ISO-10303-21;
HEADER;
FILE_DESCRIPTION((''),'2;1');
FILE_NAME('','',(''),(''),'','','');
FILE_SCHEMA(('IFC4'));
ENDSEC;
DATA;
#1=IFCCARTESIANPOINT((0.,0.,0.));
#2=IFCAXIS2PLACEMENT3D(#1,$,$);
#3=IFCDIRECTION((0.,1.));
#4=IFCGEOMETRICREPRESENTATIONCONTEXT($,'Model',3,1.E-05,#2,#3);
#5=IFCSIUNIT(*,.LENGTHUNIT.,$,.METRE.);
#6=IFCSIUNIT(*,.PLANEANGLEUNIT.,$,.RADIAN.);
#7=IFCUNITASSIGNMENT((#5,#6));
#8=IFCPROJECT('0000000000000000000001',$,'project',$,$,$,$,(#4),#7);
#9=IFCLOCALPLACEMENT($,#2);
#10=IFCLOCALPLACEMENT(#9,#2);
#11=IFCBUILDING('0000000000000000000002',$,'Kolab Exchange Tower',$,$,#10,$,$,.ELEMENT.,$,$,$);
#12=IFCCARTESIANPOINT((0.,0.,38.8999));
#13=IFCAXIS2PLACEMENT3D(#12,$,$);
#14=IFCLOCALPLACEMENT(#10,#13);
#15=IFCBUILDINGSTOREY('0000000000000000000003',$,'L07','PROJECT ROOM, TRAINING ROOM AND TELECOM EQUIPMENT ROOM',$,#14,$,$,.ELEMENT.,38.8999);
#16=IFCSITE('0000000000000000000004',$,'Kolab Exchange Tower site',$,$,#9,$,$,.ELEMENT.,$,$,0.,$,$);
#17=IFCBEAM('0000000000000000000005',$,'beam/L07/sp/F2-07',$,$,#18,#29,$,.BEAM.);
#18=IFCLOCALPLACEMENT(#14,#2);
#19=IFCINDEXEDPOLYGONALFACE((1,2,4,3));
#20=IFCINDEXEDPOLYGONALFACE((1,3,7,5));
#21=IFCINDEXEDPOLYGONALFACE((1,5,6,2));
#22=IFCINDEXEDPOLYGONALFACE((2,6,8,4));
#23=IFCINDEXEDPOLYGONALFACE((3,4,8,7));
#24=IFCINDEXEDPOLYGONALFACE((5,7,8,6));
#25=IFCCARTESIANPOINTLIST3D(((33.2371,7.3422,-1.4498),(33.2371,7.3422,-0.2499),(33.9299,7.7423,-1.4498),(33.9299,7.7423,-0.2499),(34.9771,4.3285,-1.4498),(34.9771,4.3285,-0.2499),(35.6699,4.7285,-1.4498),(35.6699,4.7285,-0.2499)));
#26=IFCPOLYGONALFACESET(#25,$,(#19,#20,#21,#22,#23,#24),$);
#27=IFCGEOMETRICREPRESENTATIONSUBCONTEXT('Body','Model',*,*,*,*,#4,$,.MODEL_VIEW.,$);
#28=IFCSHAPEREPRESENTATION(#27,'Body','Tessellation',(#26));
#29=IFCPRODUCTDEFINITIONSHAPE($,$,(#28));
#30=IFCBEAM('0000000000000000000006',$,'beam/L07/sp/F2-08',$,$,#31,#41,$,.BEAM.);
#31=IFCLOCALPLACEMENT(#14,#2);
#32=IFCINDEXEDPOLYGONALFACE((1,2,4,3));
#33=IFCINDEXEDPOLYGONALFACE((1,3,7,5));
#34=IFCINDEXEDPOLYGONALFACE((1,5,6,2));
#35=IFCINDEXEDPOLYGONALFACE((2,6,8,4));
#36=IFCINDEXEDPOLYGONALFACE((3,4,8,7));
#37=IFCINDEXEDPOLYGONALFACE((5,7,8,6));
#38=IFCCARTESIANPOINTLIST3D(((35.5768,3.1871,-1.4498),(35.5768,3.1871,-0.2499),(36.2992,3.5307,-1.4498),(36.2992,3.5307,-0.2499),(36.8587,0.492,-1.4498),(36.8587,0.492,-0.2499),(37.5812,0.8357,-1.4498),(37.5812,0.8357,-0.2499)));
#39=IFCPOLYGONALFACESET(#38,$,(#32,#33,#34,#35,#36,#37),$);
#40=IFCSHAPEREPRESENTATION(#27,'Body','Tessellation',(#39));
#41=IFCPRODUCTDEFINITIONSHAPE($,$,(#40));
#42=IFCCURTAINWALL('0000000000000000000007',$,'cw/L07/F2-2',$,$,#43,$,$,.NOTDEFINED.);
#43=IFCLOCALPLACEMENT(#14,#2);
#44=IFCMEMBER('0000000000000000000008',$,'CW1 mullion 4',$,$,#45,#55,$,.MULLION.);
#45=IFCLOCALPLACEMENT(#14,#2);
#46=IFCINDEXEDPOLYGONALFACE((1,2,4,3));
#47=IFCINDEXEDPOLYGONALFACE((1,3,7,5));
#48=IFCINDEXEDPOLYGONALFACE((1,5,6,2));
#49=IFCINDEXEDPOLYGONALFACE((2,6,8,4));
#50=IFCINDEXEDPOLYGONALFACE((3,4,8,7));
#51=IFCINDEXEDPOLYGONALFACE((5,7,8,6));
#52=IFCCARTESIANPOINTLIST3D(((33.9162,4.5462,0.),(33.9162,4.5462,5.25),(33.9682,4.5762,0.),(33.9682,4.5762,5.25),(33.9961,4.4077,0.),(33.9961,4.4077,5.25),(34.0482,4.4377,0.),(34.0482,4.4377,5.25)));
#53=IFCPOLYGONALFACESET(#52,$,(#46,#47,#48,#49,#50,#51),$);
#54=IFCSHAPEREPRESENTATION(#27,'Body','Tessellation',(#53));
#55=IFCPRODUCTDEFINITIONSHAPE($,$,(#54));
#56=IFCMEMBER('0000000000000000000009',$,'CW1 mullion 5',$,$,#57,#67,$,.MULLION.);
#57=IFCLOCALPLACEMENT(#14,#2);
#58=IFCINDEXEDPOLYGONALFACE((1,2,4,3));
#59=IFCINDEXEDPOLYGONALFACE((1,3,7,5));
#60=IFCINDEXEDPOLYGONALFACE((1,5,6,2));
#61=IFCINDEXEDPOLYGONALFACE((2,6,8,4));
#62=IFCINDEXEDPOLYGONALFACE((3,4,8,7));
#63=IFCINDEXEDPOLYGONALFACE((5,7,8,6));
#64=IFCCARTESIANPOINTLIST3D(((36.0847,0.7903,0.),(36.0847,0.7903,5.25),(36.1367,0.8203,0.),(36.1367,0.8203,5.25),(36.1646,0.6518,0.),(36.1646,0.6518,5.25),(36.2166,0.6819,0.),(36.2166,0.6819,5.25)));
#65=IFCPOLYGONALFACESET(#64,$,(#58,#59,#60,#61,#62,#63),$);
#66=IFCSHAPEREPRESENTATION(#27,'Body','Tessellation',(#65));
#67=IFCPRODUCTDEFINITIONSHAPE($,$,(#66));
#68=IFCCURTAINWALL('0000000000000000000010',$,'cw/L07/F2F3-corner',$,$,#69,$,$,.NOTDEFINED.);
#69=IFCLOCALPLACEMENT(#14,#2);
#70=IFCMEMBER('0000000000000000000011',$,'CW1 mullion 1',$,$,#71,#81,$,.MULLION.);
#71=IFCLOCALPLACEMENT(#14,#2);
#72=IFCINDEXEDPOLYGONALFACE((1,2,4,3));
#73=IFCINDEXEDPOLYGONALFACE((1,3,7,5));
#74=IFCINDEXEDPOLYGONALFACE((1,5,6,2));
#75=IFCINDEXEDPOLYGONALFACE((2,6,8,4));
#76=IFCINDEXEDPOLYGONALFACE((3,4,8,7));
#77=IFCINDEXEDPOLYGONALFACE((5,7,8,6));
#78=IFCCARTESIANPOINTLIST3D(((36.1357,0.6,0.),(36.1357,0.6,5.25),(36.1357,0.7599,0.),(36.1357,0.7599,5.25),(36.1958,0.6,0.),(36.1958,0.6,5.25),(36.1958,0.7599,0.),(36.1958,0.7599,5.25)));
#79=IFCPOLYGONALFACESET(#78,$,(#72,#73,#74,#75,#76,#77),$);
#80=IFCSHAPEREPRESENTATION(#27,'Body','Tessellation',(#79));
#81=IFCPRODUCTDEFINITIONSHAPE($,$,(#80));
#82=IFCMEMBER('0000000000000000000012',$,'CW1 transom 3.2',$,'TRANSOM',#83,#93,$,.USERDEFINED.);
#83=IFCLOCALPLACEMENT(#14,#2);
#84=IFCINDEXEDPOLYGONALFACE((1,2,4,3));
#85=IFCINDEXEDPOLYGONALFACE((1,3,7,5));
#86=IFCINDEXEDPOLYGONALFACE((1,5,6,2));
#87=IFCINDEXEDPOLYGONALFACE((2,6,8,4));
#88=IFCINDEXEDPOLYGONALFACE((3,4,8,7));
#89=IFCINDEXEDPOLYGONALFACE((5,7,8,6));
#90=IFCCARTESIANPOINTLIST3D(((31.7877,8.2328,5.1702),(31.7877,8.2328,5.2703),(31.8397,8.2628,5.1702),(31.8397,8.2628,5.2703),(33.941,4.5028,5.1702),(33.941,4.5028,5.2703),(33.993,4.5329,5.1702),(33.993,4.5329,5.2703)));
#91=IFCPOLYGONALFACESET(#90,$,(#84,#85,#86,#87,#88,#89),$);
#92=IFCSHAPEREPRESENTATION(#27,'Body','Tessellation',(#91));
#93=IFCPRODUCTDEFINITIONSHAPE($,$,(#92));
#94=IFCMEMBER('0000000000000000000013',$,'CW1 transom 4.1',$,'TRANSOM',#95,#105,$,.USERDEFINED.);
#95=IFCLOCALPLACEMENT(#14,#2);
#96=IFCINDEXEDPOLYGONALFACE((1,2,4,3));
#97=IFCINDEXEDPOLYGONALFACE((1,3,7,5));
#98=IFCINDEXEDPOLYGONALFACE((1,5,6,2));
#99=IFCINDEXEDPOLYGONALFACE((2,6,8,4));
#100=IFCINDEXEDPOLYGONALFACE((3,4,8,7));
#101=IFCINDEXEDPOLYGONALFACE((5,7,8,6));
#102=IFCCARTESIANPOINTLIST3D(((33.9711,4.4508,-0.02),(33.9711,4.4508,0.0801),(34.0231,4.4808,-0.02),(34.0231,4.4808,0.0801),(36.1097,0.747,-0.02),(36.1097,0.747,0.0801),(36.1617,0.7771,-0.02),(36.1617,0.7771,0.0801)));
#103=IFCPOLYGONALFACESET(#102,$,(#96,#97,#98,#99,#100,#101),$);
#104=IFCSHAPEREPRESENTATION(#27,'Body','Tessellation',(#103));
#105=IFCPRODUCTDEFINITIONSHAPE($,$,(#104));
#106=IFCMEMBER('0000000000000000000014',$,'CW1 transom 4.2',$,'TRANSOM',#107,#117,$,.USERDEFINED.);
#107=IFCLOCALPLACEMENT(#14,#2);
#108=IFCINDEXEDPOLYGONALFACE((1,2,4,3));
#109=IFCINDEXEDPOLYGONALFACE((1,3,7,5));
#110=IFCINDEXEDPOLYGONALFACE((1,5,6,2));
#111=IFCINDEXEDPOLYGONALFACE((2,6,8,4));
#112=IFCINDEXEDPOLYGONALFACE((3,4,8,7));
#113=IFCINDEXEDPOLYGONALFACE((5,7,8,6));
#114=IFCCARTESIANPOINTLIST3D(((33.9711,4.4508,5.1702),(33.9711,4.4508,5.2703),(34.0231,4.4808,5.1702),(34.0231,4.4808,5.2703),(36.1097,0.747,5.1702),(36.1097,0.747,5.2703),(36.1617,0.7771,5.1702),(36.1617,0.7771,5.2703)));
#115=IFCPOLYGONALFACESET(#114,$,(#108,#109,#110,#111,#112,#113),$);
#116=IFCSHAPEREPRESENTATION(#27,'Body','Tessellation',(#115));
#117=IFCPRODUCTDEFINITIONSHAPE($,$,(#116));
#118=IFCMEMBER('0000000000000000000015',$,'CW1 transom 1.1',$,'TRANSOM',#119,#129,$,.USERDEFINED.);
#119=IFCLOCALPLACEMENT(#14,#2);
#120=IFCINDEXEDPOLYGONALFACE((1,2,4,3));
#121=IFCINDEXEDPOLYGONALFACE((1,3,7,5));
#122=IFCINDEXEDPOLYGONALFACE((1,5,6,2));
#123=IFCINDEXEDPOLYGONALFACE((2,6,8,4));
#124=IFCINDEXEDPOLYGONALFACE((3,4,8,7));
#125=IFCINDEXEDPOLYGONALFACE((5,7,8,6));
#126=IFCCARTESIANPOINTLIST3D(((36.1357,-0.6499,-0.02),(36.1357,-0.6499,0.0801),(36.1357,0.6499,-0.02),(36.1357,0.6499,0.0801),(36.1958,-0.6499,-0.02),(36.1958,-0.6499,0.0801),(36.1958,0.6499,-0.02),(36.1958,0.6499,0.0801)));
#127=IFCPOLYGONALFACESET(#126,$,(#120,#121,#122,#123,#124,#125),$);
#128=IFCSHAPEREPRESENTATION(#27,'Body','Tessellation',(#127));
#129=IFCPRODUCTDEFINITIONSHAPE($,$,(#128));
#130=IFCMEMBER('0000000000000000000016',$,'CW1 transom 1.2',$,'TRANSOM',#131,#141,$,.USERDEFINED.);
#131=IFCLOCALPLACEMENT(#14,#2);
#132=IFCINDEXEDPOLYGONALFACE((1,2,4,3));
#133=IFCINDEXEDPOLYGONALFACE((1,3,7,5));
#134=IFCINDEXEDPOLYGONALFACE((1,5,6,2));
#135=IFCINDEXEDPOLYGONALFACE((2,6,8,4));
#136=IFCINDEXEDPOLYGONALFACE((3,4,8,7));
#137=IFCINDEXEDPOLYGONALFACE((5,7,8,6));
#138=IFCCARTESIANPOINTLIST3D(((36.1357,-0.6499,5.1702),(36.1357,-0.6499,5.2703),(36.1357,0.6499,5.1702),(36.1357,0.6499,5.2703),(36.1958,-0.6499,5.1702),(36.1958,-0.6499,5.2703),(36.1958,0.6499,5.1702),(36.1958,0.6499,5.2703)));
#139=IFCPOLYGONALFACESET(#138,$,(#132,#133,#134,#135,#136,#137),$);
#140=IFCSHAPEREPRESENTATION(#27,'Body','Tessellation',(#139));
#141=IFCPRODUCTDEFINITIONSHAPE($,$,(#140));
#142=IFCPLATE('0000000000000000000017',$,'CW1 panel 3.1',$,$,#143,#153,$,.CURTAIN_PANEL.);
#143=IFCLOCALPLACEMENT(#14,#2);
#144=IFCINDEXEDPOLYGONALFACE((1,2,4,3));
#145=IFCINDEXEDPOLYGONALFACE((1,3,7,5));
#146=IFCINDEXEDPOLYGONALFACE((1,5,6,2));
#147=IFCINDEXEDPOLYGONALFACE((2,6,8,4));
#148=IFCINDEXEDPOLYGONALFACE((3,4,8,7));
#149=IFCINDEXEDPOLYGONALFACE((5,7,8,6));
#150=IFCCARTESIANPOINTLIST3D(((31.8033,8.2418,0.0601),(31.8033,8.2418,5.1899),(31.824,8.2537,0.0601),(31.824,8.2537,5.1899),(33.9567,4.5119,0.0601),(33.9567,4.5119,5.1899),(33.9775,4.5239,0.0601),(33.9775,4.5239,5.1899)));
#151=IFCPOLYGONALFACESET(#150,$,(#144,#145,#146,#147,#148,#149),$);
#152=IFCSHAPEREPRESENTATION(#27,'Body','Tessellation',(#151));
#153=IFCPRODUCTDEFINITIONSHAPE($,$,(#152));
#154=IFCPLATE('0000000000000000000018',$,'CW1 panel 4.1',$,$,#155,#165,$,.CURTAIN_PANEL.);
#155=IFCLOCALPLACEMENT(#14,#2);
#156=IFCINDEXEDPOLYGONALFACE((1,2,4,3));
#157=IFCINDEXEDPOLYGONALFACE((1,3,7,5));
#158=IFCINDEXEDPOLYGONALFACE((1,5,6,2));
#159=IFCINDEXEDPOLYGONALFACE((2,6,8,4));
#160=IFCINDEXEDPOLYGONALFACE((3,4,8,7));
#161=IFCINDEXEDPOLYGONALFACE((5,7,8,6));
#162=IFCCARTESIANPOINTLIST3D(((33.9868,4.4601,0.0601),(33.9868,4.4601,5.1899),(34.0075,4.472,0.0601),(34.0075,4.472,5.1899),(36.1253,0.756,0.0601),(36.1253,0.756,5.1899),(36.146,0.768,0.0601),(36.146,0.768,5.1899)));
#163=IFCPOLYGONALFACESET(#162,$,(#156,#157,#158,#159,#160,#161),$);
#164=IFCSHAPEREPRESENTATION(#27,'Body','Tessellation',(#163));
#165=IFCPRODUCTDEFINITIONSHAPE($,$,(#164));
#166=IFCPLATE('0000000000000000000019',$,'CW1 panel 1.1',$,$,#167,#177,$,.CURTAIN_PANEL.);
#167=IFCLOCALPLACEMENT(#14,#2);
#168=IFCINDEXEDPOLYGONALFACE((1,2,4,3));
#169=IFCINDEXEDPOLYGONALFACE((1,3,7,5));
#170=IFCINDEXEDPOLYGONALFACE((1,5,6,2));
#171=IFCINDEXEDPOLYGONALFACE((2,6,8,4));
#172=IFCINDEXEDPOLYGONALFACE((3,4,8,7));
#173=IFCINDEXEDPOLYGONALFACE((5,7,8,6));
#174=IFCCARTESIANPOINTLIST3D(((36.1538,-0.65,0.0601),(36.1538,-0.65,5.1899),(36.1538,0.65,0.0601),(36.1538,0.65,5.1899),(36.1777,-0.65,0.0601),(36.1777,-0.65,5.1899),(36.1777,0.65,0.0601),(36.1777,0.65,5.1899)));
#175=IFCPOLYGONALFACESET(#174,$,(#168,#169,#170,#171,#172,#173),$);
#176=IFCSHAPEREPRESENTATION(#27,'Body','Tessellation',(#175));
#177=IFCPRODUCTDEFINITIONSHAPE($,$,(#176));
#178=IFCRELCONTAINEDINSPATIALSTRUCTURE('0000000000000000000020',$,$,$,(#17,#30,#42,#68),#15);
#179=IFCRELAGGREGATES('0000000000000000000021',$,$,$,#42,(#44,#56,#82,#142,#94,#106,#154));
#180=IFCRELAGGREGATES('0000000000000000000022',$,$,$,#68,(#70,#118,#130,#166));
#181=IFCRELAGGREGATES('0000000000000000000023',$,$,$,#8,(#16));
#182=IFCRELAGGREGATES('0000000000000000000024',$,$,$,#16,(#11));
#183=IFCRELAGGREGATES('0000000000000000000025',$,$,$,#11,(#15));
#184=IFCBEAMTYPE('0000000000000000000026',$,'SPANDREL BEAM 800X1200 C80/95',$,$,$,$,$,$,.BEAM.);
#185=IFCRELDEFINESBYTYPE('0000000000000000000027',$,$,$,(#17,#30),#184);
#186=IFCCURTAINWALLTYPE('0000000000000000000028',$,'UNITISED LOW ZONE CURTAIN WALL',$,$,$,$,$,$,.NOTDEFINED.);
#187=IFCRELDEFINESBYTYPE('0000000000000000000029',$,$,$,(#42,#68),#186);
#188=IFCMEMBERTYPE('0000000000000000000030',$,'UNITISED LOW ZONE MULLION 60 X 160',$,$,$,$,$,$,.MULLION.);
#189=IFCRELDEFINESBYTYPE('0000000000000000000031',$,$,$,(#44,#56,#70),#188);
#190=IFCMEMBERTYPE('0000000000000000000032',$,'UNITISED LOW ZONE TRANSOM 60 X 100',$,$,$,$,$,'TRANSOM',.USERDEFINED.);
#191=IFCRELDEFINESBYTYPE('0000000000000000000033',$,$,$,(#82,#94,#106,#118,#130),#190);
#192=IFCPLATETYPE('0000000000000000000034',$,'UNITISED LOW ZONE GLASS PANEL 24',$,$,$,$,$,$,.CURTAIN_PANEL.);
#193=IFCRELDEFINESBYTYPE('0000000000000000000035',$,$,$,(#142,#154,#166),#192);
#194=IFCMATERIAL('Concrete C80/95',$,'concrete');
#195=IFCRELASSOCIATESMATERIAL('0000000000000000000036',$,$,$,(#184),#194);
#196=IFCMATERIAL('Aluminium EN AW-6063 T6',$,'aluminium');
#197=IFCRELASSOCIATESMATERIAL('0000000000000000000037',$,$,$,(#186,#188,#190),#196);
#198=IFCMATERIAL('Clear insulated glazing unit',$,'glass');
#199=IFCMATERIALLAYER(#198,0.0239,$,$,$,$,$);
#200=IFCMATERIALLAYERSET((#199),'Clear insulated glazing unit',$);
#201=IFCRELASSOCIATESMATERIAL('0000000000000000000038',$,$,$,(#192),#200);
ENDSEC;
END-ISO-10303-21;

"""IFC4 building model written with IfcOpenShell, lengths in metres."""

from ifc_helpers import new_model, si_unit, direction, frame, origin, origin_2d, place, context, subcontext, project, spatial, rectangle, extrude, material, layer, layer_set, material_profile, profile_set, type_object, element, aggregate, save


model = new_model("IFC4")

# Units and contexts
model_context = context("Model", 3, precision=1e-05, world=origin(), true_north=direction((0.0, 1.0)))
body_context = subcontext(model_context, "Body", "Model", "MODEL_VIEW")
ifc_project = project(units=[si_unit("LENGTHUNIT", "METRE"), si_unit("PLANEANGLEUNIT", "RADIAN")], contexts=[model_context])

# Site, building, storey
site_placement = place(None, origin())
site = spatial("IfcSite", under=ifc_project, at=site_placement, Name="Kolab Exchange Tower site", CompositionType="ELEMENT", RefElevation=0.0)
building_placement = place(site_placement, origin())
building = spatial("IfcBuilding", under=site, at=building_placement, Name="Kolab Exchange Tower", CompositionType="ELEMENT")
storey_placement = place(building_placement, frame((0.0, 0.0, 38.8999)))
storey = spatial("IfcBuildingStorey", under=building, at=storey_placement, Name="L07", Description="PROJECT ROOM, TRAINING ROOM AND TELECOM EQUIPMENT ROOM", CompositionType="ELEMENT", Elevation=38.8999)

# Shared definitions
ifc_material_1 = material(Name="Concrete C80/95", Category="concrete")

# Beams
ifc_material_profile_1 = material_profile(ifc_material_1, rectangle(XDim=0.8, YDim=1.2, at=origin_2d()), Name="RC800X1200")
ifc_profile_set_1 = profile_set([ifc_material_profile_1], Name="Concrete C80/95")
beam_type_1 = type_object("IfcBeamType", Name="SPANDREL BEAM 800X1200 C80/95", PredefinedType="BEAM", material=ifc_profile_set_1)
beam_1_placement = place(storey_placement, frame((33.5835, 7.5422, -0.8499), z_axis=(0.50001, -0.86602, 0.0), x_axis=(0.86602, 0.50001, 0.0)))
element("IfcBeam", 1, at=beam_1_placement, inside=storey, type_object=beam_type_1, Name="beam/L07/sp/F2-07", PredefinedType="BEAM", context=body_context, shape_type="SweptSolid", body=[
    extrude(rectangle(XDim=0.8, YDim=1.2, at=origin_2d()), origin(), (0.0, 0.0, 1.0), 3.48),
])
beam_2_placement = place(storey_placement, frame((35.938, 3.3589, -0.8499), z_axis=(0.429556, -0.90304, 0.0), x_axis=(0.90304, 0.429556, 0.0)))
element("IfcBeam", 2, at=beam_2_placement, inside=storey, type_object=beam_type_1, Name="beam/L07/sp/F2-08", PredefinedType="BEAM", context=body_context, shape_type="SweptSolid", body=[
    extrude(rectangle(XDim=0.8, YDim=1.2, at=origin_2d()), origin(), (0.0, 0.0, 1.0), 2.9844),
])

# Curtain wall, members
ifc_material_2 = material(Name="Aluminium EN AW-6063 T6", Category="aluminium")
curtain_wall_type = type_object("IfcCurtainWallType", Name="UNITISED LOW ZONE CURTAIN WALL", PredefinedType="NOTDEFINED", material=ifc_material_2)
curtain_wall_1_placement = place(storey_placement, origin())
curtain_wall_1 = element("IfcCurtainWall", 3, at=curtain_wall_1_placement, inside=storey, type_object=curtain_wall_type, Name="cw/L07/F2-2", PredefinedType="NOTDEFINED")
ifc_material_profile_2 = material_profile(ifc_material_2, rectangle(XDim=0.0601, YDim=0.1599, at=origin_2d()), Name="RECT 60X160")
ifc_profile_set_2 = profile_set([ifc_material_profile_2], Name="Aluminium EN AW-6063 T6")
member_type_1 = type_object("IfcMemberType", Name="UNITISED LOW ZONE MULLION 60 X 160", PredefinedType="MULLION", material=ifc_profile_set_2)
member_1_placement = place(storey_placement, frame((33.9822, 4.4919, 0.0), z_axis=(0.0, 0.0, 1.0), x_axis=(0.866025, 0.5, 0.0)))
member_1 = element("IfcMember", 4, at=member_1_placement, type_object=member_type_1, Name="CW1 mullion 4", PredefinedType="MULLION", context=body_context, shape_type="SweptSolid", body=[
    extrude(rectangle(XDim=0.0601, YDim=0.1599, at=origin_2d()), origin(), (0.0, 0.0, 1.0), 5.25),
])
member_2_placement = place(storey_placement, frame((36.1506, 0.7361, 0.0), z_axis=(0.0, 0.0, 1.0), x_axis=(0.866025, 0.5, 0.0)))
member_2 = element("IfcMember", 5, at=member_2_placement, type_object=member_type_1, Name="CW1 mullion 5", PredefinedType="MULLION", context=body_context, shape_type="SweptSolid", body=[
    extrude(rectangle(XDim=0.0601, YDim=0.1599, at=origin_2d()), origin(), (0.0, 0.0, 1.0), 5.25),
])

# Curtain wall, member
curtain_wall_2_placement = place(storey_placement, origin())
curtain_wall_2 = element("IfcCurtainWall", 6, at=curtain_wall_2_placement, inside=storey, type_object=curtain_wall_type, Name="cw/L07/F2F3-corner", PredefinedType="NOTDEFINED")
member_3_placement = place(storey_placement, frame((36.1658, 0.6799, 0.0), z_axis=(0.0, 0.0, 1.0), x_axis=(1.0, 0.0, 0.0)))
member_3 = element("IfcMember", 7, at=member_3_placement, type_object=member_type_1, Name="CW1 mullion 1", PredefinedType="MULLION", context=body_context, shape_type="SweptSolid", body=[
    extrude(rectangle(XDim=0.0601, YDim=0.1599, at=origin_2d()), origin(), (0.0, 0.0, 1.0), 5.25),
])

# Members
ifc_material_profile_3 = material_profile(ifc_material_2, rectangle(XDim=0.0601, YDim=0.1001, at=origin_2d()), Name="RECT 60X100")
ifc_profile_set_3 = profile_set([ifc_material_profile_3], Name="Aluminium EN AW-6063 T6")
member_type_2 = type_object("IfcMemberType", Name="UNITISED LOW ZONE TRANSOM 60 X 100", ElementType="TRANSOM", PredefinedType="USERDEFINED", material=ifc_profile_set_3)
member_4_placement = place(storey_placement, frame((31.8137, 8.2478, 5.2202), z_axis=(0.499968, -0.866044, 0.0), x_axis=(0.866044, 0.499968, 0.0)))
member_4 = element("IfcMember", 8, at=member_4_placement, type_object=member_type_2, Name="CW1 transom 3.2", ObjectType="TRANSOM", PredefinedType="USERDEFINED", context=body_context, shape_type="SweptSolid", body=[
    extrude(rectangle(XDim=0.0601, YDim=0.1001, at=origin_2d()), origin(), (0.0, 0.0, 1.0), 4.3069),
])
member_5_placement = place(storey_placement, frame((33.9971, 4.4658, 0.03), z_axis=(0.500044, -0.866, 0.0), x_axis=(0.866, 0.500044, 0.0)))
member_5 = element("IfcMember", 9, at=member_5_placement, type_object=member_type_2, Name="CW1 transom 4.1", ObjectType="TRANSOM", PredefinedType="USERDEFINED", context=body_context, shape_type="SweptSolid", body=[
    extrude(rectangle(XDim=0.0601, YDim=0.1001, at=origin_2d()), origin(), (0.0, 0.0, 1.0), 4.2769),
])
member_6_placement = place(storey_placement, frame((33.9971, 4.4658, 5.2202), z_axis=(0.500044, -0.866, 0.0), x_axis=(0.866, 0.500044, 0.0)))
member_6 = element("IfcMember", 10, at=member_6_placement, type_object=member_type_2, Name="CW1 transom 4.2", ObjectType="TRANSOM", PredefinedType="USERDEFINED", context=body_context, shape_type="SweptSolid", body=[
    extrude(rectangle(XDim=0.0601, YDim=0.1001, at=origin_2d()), origin(), (0.0, 0.0, 1.0), 4.2769),
])
member_7_placement = place(storey_placement, frame((36.1658, 0.6499, 0.03), z_axis=(0.0, -1.0, 0.0), x_axis=(1.0, 0.0, 0.0)))
member_7 = element("IfcMember", 11, at=member_7_placement, type_object=member_type_2, Name="CW1 transom 1.1", ObjectType="TRANSOM", PredefinedType="USERDEFINED", context=body_context, shape_type="SweptSolid", body=[
    extrude(rectangle(XDim=0.0601, YDim=0.1001, at=origin_2d()), origin(), (0.0, 0.0, 1.0), 1.2998),
])
member_8_placement = place(storey_placement, frame((36.1658, 0.6499, 5.2202), z_axis=(0.0, -1.0, 0.0), x_axis=(1.0, 0.0, 0.0)))
member_8 = element("IfcMember", 12, at=member_8_placement, type_object=member_type_2, Name="CW1 transom 1.2", ObjectType="TRANSOM", PredefinedType="USERDEFINED", context=body_context, shape_type="SweptSolid", body=[
    extrude(rectangle(XDim=0.0601, YDim=0.1001, at=origin_2d()), origin(), (0.0, 0.0, 1.0), 1.2998),
])

# Plates
ifc_material_3 = material(Name="Clear insulated glazing unit", Category="glass")
ifc_layer = layer(ifc_material_3, 0.0239)
ifc_layer_set = layer_set([ifc_layer], Name="Clear insulated glazing unit")
plate_type = type_object("IfcPlateType", Name="UNITISED LOW ZONE GLASS PANEL 24", PredefinedType="CURTAIN_PANEL", material=ifc_layer_set)
plate_1_placement = place(storey_placement, frame((32.8904, 6.3828, 0.0601), z_axis=(0.0, 0.0, 1.0), x_axis=(0.5, -0.866025, 0.0)))
plate_1 = element("IfcPlate", 13, at=plate_1_placement, type_object=plate_type, Name="CW1 panel 3.1", PredefinedType="CURTAIN_PANEL", context=body_context, shape_type="SweptSolid", body=[
    extrude(rectangle(XDim=4.3069, YDim=0.0239, at=origin_2d()), origin(), (0.0, 0.0, 1.0), 5.1299),
])
plate_2_placement = place(storey_placement, frame((35.0664, 2.614, 0.0601), z_axis=(0.0, 0.0, 1.0), x_axis=(0.5, -0.866025, 0.0)))
plate_2 = element("IfcPlate", 14, at=plate_2_placement, type_object=plate_type, Name="CW1 panel 4.1", PredefinedType="CURTAIN_PANEL", context=body_context, shape_type="SweptSolid", body=[
    extrude(rectangle(XDim=4.2771, YDim=0.0239, at=origin_2d()), origin(), (0.0, 0.0, 1.0), 5.1299),
])
aggregate(curtain_wall_1, [member_1, member_2, member_4, plate_1, member_5, member_6, plate_2])
plate_3_placement = place(storey_placement, frame((36.1658, 0.0, 0.0601), z_axis=(0.0, 0.0, 1.0), x_axis=(0.0, -1.0, 0.0)))
plate_3 = element("IfcPlate", 15, at=plate_3_placement, type_object=plate_type, Name="CW1 panel 1.1", PredefinedType="CURTAIN_PANEL", context=body_context, shape_type="SweptSolid", body=[
    extrude(rectangle(XDim=1.3, YDim=0.0239, at=origin_2d()), origin(), (0.0, 0.0, 1.0), 5.1299),
])
aggregate(curtain_wall_2, [member_3, member_7, member_8, plate_3])

save(model, "model.ifc")
